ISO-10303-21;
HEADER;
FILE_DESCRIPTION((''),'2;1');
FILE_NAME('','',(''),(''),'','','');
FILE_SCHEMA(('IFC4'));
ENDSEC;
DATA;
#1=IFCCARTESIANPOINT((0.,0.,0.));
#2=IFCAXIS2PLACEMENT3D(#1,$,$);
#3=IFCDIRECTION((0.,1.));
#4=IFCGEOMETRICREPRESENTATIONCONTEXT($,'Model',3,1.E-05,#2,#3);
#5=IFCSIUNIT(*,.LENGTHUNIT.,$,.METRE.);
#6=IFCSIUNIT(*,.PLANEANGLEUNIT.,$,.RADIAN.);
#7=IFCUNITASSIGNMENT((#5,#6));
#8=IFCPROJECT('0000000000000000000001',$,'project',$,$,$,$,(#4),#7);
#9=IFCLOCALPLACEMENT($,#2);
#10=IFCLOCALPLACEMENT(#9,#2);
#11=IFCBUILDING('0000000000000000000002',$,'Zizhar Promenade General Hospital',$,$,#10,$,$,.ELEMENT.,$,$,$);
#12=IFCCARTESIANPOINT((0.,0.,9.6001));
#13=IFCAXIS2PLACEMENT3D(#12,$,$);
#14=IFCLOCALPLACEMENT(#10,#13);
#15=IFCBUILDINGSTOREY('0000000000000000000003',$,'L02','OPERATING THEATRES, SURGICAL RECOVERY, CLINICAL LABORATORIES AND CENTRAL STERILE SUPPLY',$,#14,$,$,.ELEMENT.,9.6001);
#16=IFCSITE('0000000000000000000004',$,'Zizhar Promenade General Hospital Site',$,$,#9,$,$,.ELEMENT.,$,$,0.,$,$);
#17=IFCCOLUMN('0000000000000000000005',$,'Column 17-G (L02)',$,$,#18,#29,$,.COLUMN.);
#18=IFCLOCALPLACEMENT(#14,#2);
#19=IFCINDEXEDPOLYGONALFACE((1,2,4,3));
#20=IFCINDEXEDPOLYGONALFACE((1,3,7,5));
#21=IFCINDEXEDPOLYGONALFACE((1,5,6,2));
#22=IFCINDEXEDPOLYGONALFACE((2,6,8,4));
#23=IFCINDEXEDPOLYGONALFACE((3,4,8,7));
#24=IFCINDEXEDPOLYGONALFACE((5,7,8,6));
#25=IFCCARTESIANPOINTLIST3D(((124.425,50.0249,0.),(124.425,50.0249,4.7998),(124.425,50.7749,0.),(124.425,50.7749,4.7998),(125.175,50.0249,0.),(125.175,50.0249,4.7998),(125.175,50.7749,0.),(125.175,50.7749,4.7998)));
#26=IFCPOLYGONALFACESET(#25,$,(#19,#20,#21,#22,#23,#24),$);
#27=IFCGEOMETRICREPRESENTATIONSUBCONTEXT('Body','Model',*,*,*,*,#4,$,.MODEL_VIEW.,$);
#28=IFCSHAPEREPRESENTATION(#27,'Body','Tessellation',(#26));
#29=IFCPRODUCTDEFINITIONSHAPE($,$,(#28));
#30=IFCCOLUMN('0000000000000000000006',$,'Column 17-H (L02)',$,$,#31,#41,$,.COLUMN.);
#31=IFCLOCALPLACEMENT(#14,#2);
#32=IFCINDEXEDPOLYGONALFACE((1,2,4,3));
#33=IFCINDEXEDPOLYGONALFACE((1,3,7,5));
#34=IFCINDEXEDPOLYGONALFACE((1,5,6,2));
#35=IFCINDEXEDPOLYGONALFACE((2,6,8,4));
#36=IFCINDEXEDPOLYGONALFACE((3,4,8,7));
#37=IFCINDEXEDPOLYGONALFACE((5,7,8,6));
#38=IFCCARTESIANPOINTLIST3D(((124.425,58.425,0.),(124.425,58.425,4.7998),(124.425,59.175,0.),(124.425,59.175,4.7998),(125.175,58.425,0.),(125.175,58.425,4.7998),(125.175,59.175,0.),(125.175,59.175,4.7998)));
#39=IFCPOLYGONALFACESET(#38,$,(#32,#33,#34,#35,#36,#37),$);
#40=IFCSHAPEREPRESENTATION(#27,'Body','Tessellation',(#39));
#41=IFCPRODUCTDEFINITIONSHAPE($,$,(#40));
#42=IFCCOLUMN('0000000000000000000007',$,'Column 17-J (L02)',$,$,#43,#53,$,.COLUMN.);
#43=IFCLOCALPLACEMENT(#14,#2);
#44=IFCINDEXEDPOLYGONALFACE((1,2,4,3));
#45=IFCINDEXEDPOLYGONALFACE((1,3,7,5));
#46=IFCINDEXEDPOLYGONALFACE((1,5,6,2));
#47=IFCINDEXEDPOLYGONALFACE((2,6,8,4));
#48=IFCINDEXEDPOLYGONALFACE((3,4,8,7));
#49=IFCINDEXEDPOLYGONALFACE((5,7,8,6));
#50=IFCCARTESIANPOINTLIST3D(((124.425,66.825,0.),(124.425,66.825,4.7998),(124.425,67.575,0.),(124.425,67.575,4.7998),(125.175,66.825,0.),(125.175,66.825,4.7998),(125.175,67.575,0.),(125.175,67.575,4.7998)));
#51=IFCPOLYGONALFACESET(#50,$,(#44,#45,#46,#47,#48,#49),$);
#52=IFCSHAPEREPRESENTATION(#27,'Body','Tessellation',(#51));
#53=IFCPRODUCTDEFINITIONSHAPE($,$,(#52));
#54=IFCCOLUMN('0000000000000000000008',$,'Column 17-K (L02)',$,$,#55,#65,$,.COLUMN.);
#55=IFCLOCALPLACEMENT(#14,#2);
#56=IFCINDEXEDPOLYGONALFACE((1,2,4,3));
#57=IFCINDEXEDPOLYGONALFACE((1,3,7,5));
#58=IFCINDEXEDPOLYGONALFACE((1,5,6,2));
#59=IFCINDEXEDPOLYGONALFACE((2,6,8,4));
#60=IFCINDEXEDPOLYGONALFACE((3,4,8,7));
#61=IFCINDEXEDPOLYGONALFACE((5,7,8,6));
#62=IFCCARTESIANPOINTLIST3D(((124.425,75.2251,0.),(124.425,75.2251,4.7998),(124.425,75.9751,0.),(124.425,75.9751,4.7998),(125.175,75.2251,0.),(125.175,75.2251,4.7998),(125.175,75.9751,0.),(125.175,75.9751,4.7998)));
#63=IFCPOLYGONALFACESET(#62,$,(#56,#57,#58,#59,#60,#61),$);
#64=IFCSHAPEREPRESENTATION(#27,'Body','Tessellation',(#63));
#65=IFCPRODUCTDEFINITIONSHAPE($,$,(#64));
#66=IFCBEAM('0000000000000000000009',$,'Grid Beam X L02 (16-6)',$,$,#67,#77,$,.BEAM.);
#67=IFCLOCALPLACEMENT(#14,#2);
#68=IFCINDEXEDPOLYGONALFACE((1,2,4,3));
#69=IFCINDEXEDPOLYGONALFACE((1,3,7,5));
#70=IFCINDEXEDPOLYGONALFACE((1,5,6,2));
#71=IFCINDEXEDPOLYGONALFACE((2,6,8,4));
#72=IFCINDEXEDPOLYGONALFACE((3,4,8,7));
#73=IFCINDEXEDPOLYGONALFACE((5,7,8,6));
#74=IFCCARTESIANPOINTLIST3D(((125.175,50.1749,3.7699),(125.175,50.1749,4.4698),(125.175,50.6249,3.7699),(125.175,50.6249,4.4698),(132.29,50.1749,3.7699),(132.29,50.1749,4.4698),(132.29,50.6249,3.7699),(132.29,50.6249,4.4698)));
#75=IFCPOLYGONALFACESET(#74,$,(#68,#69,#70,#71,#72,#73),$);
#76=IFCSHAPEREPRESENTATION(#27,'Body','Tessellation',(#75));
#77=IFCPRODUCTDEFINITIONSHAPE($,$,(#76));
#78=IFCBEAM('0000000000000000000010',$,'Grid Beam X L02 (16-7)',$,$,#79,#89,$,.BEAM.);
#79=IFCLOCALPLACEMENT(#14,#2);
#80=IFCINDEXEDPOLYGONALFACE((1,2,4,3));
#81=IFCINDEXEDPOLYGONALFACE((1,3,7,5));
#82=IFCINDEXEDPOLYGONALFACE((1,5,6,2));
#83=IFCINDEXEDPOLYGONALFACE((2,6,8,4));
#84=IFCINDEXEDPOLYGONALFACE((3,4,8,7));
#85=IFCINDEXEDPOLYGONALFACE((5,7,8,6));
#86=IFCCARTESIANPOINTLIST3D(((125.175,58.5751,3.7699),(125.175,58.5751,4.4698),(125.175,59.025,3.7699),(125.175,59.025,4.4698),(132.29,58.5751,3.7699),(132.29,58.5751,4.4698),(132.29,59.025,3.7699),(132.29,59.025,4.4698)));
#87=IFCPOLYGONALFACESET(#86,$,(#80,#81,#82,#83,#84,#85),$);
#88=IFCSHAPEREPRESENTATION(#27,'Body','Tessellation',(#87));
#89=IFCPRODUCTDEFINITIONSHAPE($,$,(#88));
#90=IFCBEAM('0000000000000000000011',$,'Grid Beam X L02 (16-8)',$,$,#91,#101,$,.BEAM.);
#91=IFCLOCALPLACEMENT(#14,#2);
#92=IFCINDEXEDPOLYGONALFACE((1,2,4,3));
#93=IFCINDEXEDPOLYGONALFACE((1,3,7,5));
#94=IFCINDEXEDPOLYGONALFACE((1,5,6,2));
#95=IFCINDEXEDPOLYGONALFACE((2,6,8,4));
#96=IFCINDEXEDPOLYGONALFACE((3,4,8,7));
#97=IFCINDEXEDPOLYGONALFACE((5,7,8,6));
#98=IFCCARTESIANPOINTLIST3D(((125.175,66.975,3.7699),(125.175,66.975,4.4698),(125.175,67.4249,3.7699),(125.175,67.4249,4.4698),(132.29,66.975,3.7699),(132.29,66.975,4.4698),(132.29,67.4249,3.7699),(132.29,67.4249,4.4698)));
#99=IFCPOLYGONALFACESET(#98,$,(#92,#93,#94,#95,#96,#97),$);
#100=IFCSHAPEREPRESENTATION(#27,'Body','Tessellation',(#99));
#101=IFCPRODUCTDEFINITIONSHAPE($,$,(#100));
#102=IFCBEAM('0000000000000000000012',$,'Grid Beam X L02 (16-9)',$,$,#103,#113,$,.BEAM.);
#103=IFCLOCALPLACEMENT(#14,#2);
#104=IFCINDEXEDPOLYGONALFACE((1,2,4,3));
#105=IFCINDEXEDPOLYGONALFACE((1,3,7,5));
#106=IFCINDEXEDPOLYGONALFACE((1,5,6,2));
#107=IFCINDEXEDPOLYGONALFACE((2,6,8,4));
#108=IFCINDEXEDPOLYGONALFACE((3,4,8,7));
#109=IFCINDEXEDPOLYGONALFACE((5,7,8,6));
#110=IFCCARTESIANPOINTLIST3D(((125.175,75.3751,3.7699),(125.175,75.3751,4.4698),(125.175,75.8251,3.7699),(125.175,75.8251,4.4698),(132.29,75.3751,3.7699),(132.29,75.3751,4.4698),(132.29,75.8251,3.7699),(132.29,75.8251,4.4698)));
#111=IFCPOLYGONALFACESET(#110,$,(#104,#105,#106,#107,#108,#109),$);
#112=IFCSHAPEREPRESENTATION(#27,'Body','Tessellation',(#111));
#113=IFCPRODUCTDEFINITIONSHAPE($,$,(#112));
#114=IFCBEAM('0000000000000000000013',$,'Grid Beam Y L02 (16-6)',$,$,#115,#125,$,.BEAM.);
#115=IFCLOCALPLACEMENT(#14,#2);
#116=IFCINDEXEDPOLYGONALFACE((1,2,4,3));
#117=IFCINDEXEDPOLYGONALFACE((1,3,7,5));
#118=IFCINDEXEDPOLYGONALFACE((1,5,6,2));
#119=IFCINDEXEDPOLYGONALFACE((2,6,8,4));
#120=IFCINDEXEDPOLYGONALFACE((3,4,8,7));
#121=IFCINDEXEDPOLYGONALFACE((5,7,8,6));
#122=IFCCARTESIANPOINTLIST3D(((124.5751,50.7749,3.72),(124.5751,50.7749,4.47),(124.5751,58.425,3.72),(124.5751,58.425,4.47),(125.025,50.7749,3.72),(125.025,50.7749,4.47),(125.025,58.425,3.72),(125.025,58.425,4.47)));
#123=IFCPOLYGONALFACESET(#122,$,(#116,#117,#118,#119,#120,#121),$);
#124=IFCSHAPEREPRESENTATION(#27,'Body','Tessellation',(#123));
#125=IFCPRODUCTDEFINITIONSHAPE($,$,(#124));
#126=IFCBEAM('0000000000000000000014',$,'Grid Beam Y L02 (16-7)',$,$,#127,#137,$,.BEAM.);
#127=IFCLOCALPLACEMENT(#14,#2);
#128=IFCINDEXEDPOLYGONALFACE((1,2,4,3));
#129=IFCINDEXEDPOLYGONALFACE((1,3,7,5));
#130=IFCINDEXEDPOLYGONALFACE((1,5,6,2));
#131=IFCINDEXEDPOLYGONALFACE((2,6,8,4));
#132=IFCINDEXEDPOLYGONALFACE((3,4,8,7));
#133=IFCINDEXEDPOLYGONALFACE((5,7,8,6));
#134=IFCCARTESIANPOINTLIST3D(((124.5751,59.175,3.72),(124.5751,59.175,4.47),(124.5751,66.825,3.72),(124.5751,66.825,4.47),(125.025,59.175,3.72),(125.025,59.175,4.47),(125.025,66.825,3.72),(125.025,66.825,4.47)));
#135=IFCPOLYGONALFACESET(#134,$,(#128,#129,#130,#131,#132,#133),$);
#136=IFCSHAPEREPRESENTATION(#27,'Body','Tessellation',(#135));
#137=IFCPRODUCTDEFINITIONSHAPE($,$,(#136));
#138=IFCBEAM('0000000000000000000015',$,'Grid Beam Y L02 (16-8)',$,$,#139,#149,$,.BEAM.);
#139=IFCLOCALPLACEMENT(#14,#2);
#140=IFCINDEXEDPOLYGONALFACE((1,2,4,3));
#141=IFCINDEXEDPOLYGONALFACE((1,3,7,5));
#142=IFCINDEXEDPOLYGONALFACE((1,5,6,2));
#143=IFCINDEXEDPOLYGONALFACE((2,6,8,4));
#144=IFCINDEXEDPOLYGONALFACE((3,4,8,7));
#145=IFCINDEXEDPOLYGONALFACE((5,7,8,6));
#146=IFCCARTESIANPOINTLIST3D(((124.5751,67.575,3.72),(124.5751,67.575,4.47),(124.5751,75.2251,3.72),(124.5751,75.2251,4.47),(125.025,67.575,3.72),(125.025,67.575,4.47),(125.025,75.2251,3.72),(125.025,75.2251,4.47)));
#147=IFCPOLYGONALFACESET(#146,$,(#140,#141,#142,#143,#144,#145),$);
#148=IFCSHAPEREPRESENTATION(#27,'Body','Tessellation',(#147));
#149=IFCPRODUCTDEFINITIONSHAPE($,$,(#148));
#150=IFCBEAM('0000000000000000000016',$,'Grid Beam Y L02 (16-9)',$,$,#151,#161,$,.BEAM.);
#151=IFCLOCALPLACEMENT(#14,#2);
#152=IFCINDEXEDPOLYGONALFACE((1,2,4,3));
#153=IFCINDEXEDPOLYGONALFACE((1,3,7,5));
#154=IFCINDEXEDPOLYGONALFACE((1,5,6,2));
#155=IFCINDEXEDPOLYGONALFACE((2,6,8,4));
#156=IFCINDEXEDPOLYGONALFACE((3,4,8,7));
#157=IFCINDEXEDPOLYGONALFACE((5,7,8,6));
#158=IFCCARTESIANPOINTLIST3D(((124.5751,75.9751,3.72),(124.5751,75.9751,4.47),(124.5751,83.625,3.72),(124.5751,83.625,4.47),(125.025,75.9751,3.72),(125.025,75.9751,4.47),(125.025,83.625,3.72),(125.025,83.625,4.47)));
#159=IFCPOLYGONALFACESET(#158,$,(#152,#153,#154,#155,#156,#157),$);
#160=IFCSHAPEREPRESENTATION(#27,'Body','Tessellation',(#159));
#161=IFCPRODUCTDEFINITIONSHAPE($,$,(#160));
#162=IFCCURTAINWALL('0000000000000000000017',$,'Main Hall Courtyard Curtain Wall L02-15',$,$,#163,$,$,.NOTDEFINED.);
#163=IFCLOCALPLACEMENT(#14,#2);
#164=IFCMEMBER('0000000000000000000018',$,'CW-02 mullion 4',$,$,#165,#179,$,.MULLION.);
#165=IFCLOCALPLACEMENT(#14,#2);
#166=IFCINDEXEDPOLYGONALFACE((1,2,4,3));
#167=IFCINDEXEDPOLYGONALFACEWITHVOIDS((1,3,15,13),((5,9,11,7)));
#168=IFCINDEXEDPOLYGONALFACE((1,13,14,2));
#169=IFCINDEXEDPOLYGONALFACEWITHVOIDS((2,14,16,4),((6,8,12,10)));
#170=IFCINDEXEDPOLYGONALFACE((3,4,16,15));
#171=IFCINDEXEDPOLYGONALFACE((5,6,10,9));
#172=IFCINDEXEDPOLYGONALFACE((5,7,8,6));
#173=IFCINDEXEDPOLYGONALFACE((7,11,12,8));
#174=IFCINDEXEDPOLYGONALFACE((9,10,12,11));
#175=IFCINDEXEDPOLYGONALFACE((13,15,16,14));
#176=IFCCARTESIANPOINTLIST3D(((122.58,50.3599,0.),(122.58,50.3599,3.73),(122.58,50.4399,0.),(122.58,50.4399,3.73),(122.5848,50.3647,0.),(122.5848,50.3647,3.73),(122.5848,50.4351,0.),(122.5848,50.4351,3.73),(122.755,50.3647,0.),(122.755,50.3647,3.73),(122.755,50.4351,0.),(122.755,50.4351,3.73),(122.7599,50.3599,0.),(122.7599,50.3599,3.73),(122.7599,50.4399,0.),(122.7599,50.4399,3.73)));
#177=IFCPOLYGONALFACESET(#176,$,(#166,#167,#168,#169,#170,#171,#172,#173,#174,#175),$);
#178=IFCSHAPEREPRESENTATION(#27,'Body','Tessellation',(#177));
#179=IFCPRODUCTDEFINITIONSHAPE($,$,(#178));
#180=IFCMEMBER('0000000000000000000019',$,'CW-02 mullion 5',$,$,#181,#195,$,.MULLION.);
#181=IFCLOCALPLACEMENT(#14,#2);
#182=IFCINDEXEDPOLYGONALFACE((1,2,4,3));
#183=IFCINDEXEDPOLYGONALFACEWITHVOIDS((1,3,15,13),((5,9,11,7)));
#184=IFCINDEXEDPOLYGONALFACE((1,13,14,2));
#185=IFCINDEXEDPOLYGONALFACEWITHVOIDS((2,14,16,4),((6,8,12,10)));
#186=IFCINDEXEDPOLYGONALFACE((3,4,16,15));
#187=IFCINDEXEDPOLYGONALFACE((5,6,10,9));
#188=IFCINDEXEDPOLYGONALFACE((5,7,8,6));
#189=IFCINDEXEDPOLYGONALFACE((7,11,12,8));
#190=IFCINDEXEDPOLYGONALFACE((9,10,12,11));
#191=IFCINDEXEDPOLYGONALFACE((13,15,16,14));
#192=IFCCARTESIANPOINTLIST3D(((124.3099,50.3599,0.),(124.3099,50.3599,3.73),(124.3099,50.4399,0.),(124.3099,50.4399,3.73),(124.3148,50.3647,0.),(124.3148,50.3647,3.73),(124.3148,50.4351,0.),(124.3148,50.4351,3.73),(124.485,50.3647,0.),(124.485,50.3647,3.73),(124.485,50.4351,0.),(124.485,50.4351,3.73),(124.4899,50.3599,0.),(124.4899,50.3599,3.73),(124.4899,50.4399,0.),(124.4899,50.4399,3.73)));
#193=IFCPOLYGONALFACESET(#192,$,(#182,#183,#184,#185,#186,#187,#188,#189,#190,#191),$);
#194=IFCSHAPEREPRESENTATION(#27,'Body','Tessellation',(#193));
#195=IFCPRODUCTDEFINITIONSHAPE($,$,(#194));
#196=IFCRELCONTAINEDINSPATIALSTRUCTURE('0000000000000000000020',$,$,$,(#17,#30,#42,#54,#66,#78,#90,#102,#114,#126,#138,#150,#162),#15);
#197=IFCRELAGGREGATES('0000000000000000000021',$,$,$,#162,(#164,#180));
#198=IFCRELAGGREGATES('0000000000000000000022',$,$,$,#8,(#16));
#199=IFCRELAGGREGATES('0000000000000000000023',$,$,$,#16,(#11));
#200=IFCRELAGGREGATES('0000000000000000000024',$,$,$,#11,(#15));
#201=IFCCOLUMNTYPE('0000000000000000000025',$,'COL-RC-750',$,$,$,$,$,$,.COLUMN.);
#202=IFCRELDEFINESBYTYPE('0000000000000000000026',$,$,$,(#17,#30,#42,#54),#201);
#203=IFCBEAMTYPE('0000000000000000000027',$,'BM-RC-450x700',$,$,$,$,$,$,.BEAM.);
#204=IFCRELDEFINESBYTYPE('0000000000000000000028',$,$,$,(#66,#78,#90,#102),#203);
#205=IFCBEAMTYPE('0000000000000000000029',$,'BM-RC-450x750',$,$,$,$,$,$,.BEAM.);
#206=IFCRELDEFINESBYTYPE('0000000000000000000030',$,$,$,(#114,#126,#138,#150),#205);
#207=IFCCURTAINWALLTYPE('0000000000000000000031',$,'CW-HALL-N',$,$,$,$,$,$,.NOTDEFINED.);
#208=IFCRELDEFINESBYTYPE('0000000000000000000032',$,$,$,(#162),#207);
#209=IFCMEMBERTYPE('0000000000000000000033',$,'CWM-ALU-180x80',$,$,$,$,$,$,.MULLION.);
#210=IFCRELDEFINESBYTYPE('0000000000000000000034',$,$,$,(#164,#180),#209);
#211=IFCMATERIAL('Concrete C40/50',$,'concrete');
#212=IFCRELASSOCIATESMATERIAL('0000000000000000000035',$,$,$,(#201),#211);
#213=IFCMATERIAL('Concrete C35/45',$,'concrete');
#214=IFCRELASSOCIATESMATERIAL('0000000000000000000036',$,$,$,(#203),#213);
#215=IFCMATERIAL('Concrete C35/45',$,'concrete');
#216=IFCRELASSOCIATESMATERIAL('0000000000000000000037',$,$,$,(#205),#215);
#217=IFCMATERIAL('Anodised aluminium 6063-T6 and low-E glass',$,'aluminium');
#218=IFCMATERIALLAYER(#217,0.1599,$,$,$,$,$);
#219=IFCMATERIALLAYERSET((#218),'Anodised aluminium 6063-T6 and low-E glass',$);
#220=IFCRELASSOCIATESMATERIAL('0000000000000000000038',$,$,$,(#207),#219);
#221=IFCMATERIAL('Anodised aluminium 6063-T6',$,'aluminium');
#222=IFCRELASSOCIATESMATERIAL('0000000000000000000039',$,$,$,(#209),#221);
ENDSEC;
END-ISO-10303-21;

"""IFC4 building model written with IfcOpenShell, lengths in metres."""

from ifc_helpers import new_model, si_unit, direction, frame, origin, origin_2d, place, context, subcontext, project, spatial, rectangle, hollow_rectangle, extrude, material, layer, layer_set, material_profile, profile_set, type_object, element, aggregate, save


model = new_model("IFC4")

# Units and contexts
model_context = context("Model", 3, precision=1e-05, world=origin(), true_north=direction((0.0, 1.0)))
body_context = subcontext(model_context, "Body", "Model", "MODEL_VIEW")
ifc_project = project(units=[si_unit("LENGTHUNIT", "METRE"), si_unit("PLANEANGLEUNIT", "RADIAN")], contexts=[model_context])

# Site, building, storey
site_placement = place(None, origin())
site = spatial("IfcSite", under=ifc_project, at=site_placement, Name="Zizhar Promenade General Hospital Site", CompositionType="ELEMENT", RefElevation=0.0)
building_placement = place(site_placement, origin())
building = spatial("IfcBuilding", under=site, at=building_placement, Name="Zizhar Promenade General Hospital", CompositionType="ELEMENT")
storey_placement = place(building_placement, frame((0.0, 0.0, 9.6001)))
storey = spatial("IfcBuildingStorey", under=building, at=storey_placement, Name="L02", Description="OPERATING THEATRES, SURGICAL RECOVERY, CLINICAL LABORATORIES AND CENTRAL STERILE SUPPLY", CompositionType="ELEMENT", Elevation=9.6001)

# Columns
ifc_material_1 = material(Name="Concrete C40/50", Category="concrete")
ifc_material_profile_1 = material_profile(ifc_material_1, rectangle(XDim=0.75, YDim=0.75, at=origin_2d()))
ifc_profile_set_1 = profile_set([ifc_material_profile_1], Name="Concrete C40/50")
column_type = type_object("IfcColumnType", Name="COL-RC-750", PredefinedType="COLUMN", material=ifc_profile_set_1)
for number, where, z_axis, x_axis, name in (
    (1, (124.8, 50.3999, 0.0), (0.0, 0.0, 1.0), (1.0, 0.0, 0.0), "Column 17-G (L02)"),
    (2, (124.8, 58.8, 0.0), (0.0, 0.0, 1.0), (1.0, 0.0, 0.0), "Column 17-H (L02)"),
    (3, (124.8, 67.2, 0.0), (0.0, 0.0, 1.0), (1.0, 0.0, 0.0), "Column 17-J (L02)"),
    (4, (124.8, 75.6001, 0.0), (0.0, 0.0, 1.0), (1.0, 0.0, 0.0), "Column 17-K (L02)"),
):
    element("IfcColumn", number, at=place(storey_placement, frame(where, z_axis=z_axis, x_axis=x_axis)), inside=storey, type_object=column_type, Name=name, PredefinedType="COLUMN", context=body_context, shape_type="SweptSolid", body=[
        extrude(rectangle(XDim=0.75, YDim=0.75, at=origin_2d()), origin(), (0.0, 0.0, 1.0), 4.7998),
    ])

# Beams
ifc_material_2 = material(Name="Concrete C35/45", Category="concrete")
ifc_material_profile_2 = material_profile(ifc_material_2, rectangle(XDim=0.45, YDim=0.7, at=origin_2d()))
ifc_profile_set_2 = profile_set([ifc_material_profile_2], Name="Concrete C35/45")
beam_type_1 = type_object("IfcBeamType", Name="BM-RC-450x700", PredefinedType="BEAM", material=ifc_profile_set_2)
for number, where, z_axis, x_axis, name in (
    (5, (125.175, 50.3999, 4.1199), (1.0, 0.0, 0.0), (0.0, 1.0, 0.0), "Grid Beam X L02 (16-6)"),
    (6, (125.175, 58.8, 4.1199), (1.0, 0.0, 0.0), (0.0, 1.0, 0.0), "Grid Beam X L02 (16-7)"),
    (7, (125.175, 67.2, 4.1199), (1.0, 0.0, 0.0), (0.0, 1.0, 0.0), "Grid Beam X L02 (16-8)"),
    (8, (125.175, 75.6001, 4.1199), (1.0, 0.0, 0.0), (0.0, 1.0, 0.0), "Grid Beam X L02 (16-9)"),
):
    element("IfcBeam", number, at=place(storey_placement, frame(where, z_axis=z_axis, x_axis=x_axis)), inside=storey, type_object=beam_type_1, Name=name, PredefinedType="BEAM", context=body_context, shape_type="SweptSolid", body=[
        extrude(rectangle(XDim=0.45, YDim=0.7, at=origin_2d()), origin(), (0.0, 0.0, 1.0), 7.115),
    ])
ifc_material_3 = material(Name="Concrete C35/45", Category="concrete")
ifc_material_profile_3 = material_profile(ifc_material_3, rectangle(XDim=0.45, YDim=0.75, at=origin_2d()))
ifc_profile_set_3 = profile_set([ifc_material_profile_3], Name="Concrete C35/45")
beam_type_2 = type_object("IfcBeamType", Name="BM-RC-450x750", PredefinedType="BEAM", material=ifc_profile_set_3)
beam_1_placement = place(storey_placement, frame((124.8, 50.7749, 4.095), z_axis=(0.0, 1.0, 0.0), x_axis=(-1.0, 0.0, 0.0)))
element("IfcBeam", 9, at=beam_1_placement, inside=storey, type_object=beam_type_2, Name="Grid Beam Y L02 (16-6)", PredefinedType="BEAM", context=body_context, shape_type="SweptSolid", body=[
    extrude(rectangle(XDim=0.45, YDim=0.75, at=origin_2d()), origin(), (0.0, 0.0, 1.0), 7.6501),
])
beam_2_placement = place(storey_placement, frame((124.8, 59.175, 4.095), z_axis=(0.0, 1.0, 0.0), x_axis=(-1.0, 0.0, 0.0)))
element("IfcBeam", 10, at=beam_2_placement, inside=storey, type_object=beam_type_2, Name="Grid Beam Y L02 (16-7)", PredefinedType="BEAM", context=body_context, shape_type="SweptSolid", body=[
    extrude(rectangle(XDim=0.45, YDim=0.75, at=origin_2d()), origin(), (0.0, 0.0, 1.0), 7.6499),
])
beam_3_placement = place(storey_placement, frame((124.8, 67.575, 4.095), z_axis=(0.0, 1.0, 0.0), x_axis=(-1.0, 0.0, 0.0)))
element("IfcBeam", 11, at=beam_3_placement, inside=storey, type_object=beam_type_2, Name="Grid Beam Y L02 (16-8)", PredefinedType="BEAM", context=body_context, shape_type="SweptSolid", body=[
    extrude(rectangle(XDim=0.45, YDim=0.75, at=origin_2d()), origin(), (0.0, 0.0, 1.0), 7.6501),
])
beam_4_placement = place(storey_placement, frame((124.8, 75.9751, 4.095), z_axis=(0.0, 1.0, 0.0), x_axis=(-1.0, 0.0, 0.0)))
element("IfcBeam", 12, at=beam_4_placement, inside=storey, type_object=beam_type_2, Name="Grid Beam Y L02 (16-9)", PredefinedType="BEAM", context=body_context, shape_type="SweptSolid", body=[
    extrude(rectangle(XDim=0.45, YDim=0.75, at=origin_2d()), origin(), (0.0, 0.0, 1.0), 7.6499),
])

# Curtain wall, members
ifc_material_4 = material(Name="Anodised aluminium 6063-T6 and low-E glass", Category="aluminium")
ifc_layer_1 = layer(ifc_material_4, 0.1599)
ifc_layer_set_1 = layer_set([ifc_layer_1], Name="Anodised aluminium 6063-T6 and low-E glass")
curtain_wall_type = type_object("IfcCurtainWallType", Name="CW-HALL-N", PredefinedType="NOTDEFINED", material=ifc_layer_set_1)
curtain_wall_placement = place(storey_placement, origin())
curtain_wall = element("IfcCurtainWall", 13, at=curtain_wall_placement, inside=storey, type_object=curtain_wall_type, Name="Main Hall Courtyard Curtain Wall L02-15", PredefinedType="NOTDEFINED")
ifc_material_5 = material(Name="Anodised aluminium 6063-T6", Category="aluminium")
ifc_material_profile_4 = material_profile(ifc_material_5, hollow_rectangle(XDim=0.0801, YDim=0.1799, WallThickness=0.0049, at=origin_2d()))
ifc_profile_set_4 = profile_set([ifc_material_profile_4], Name="Anodised aluminium 6063-T6")
member_type_1 = type_object("IfcMemberType", Name="CWM-ALU-180x80", PredefinedType="MULLION", material=ifc_profile_set_4)
member_1_placement = place(storey_placement, frame((122.6699, 50.3999, 0.0), z_axis=(0.0, 0.0, 1.0), x_axis=(0.0, 1.0, 0.0)))
member_1 = element("IfcMember", 14, at=member_1_placement, type_object=member_type_1, Name="CW-02 mullion 4", PredefinedType="MULLION", context=body_context, shape_type="SweptSolid", body=[
    extrude(hollow_rectangle(XDim=0.0801, YDim=0.1799, WallThickness=0.0049, at=origin_2d()), origin(), (0.0, 0.0, 1.0), 3.73),
])
member_2_placement = place(storey_placement, frame((124.3999, 50.3999, 0.0), z_axis=(0.0, 0.0, 1.0), x_axis=(0.0, 1.0, 0.0)))
member_2 = element("IfcMember", 15, at=member_2_placement, type_object=member_type_1, Name="CW-02 mullion 5", PredefinedType="MULLION", context=body_context, shape_type="SweptSolid", body=[
    extrude(hollow_rectangle(XDim=0.0801, YDim=0.1799, WallThickness=0.0049, at=origin_2d()), origin(), (0.0, 0.0, 1.0), 3.73),
])
aggregate(curtain_wall, [member_1, member_2])

save(model, "model.ifc")
